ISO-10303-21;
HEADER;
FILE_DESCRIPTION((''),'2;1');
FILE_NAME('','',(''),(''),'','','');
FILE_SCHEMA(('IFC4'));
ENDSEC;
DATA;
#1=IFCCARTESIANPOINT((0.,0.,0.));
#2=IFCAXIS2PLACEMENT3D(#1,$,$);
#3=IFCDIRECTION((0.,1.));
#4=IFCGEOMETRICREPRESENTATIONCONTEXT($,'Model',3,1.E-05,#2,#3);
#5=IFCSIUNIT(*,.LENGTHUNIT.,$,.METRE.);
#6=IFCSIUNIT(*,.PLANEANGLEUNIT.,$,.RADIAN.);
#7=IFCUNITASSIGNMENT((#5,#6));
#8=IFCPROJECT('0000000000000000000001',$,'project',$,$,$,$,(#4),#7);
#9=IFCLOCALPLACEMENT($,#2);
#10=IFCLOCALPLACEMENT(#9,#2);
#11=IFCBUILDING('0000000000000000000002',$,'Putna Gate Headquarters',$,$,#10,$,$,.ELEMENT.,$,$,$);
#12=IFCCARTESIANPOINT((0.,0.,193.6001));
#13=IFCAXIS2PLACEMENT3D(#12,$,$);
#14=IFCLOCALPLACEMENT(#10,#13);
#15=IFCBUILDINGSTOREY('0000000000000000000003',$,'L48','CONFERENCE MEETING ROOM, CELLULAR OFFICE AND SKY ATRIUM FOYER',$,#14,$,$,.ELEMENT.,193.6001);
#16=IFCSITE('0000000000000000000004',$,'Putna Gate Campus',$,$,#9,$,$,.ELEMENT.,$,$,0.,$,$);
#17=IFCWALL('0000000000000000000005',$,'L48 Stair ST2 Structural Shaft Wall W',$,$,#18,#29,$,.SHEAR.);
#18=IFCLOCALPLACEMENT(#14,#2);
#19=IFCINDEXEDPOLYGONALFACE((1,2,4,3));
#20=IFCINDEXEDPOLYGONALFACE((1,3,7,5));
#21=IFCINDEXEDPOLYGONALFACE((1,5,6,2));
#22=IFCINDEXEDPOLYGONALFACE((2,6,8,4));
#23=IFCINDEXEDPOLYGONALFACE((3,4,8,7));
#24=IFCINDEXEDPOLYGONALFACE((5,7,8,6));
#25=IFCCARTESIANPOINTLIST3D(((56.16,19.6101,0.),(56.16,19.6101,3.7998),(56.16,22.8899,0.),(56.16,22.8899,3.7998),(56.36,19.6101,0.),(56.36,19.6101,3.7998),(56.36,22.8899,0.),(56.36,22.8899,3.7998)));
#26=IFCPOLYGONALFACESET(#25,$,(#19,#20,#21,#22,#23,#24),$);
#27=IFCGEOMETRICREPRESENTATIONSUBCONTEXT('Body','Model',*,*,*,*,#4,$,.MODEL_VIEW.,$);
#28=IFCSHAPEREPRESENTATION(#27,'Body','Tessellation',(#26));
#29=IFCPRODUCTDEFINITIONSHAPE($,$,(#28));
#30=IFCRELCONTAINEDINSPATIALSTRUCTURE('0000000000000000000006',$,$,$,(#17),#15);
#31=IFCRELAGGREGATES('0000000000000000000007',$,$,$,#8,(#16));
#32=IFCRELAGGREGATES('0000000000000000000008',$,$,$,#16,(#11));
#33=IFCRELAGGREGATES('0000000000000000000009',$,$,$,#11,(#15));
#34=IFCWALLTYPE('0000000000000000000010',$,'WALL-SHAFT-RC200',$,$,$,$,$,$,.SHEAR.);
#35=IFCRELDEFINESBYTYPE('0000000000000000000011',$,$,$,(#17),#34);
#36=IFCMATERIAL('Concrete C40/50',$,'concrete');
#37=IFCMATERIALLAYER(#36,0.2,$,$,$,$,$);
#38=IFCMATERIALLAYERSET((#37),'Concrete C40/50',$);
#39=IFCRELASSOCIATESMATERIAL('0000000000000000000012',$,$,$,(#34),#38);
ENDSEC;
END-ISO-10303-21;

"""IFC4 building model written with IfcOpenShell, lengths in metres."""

from ifc_helpers import new_model, si_unit, direction, frame, frame_2d, origin, place, context, subcontext, project, spatial, rectangle, extrude, material, layer, layer_set, type_object, element, save


model = new_model("IFC4")

# Units and contexts
model_context = context("Model", 3, precision=1e-05, world=origin(), true_north=direction((0.0, 1.0)))
body_context = subcontext(model_context, "Body", "Model", "MODEL_VIEW")
ifc_project = project(units=[si_unit("LENGTHUNIT", "METRE"), si_unit("PLANEANGLEUNIT", "RADIAN")], contexts=[model_context])

# Site, building, storey
site_placement = place(None, origin())
site = spatial("IfcSite", under=ifc_project, at=site_placement, Name="Putna Gate Campus", CompositionType="ELEMENT", RefElevation=0.0)
building_placement = place(site_placement, origin())
building = spatial("IfcBuilding", under=site, at=building_placement, Name="Putna Gate Headquarters", CompositionType="ELEMENT")
storey_placement = place(building_placement, frame((0.0, 0.0, 193.6001)))
storey = spatial("IfcBuildingStorey", under=building, at=storey_placement, Name="L48", Description="CONFERENCE MEETING ROOM, CELLULAR OFFICE AND SKY ATRIUM FOYER", CompositionType="ELEMENT", Elevation=193.6001)

# Shared definitions
ifc_material_1 = material(Name="Concrete C40/50", Category="concrete")

# Shared definitions
ifc_layer_1 = layer(ifc_material_1, 0.2)
ifc_layer_set_1 = layer_set([ifc_layer_1], Name="Concrete C40/50")
wall_type_1 = type_object("IfcWallType", Name="WALL-SHAFT-RC200", PredefinedType="SHEAR", material=ifc_layer_set_1)

# Wall
wall_1_placement = place(storey_placement, frame((56.26, 19.6101, 0.0), z_axis=(0.0, 0.0, 1.0), x_axis=(0.0, 1.0, 0.0)))
element("IfcWall", 1, at=wall_1_placement, inside=storey, type_object=wall_type_1, Name="L48 Stair ST2 Structural Shaft Wall W", PredefinedType="SHEAR", context=body_context, shape_type="SweptSolid", body=[
    extrude(rectangle(XDim=3.2798, YDim=0.2, at=frame_2d((1.6399, 0.0))), origin(), (0.0, 0.0, 1.0), 3.7998),
])

save(model, "model.ifc")
